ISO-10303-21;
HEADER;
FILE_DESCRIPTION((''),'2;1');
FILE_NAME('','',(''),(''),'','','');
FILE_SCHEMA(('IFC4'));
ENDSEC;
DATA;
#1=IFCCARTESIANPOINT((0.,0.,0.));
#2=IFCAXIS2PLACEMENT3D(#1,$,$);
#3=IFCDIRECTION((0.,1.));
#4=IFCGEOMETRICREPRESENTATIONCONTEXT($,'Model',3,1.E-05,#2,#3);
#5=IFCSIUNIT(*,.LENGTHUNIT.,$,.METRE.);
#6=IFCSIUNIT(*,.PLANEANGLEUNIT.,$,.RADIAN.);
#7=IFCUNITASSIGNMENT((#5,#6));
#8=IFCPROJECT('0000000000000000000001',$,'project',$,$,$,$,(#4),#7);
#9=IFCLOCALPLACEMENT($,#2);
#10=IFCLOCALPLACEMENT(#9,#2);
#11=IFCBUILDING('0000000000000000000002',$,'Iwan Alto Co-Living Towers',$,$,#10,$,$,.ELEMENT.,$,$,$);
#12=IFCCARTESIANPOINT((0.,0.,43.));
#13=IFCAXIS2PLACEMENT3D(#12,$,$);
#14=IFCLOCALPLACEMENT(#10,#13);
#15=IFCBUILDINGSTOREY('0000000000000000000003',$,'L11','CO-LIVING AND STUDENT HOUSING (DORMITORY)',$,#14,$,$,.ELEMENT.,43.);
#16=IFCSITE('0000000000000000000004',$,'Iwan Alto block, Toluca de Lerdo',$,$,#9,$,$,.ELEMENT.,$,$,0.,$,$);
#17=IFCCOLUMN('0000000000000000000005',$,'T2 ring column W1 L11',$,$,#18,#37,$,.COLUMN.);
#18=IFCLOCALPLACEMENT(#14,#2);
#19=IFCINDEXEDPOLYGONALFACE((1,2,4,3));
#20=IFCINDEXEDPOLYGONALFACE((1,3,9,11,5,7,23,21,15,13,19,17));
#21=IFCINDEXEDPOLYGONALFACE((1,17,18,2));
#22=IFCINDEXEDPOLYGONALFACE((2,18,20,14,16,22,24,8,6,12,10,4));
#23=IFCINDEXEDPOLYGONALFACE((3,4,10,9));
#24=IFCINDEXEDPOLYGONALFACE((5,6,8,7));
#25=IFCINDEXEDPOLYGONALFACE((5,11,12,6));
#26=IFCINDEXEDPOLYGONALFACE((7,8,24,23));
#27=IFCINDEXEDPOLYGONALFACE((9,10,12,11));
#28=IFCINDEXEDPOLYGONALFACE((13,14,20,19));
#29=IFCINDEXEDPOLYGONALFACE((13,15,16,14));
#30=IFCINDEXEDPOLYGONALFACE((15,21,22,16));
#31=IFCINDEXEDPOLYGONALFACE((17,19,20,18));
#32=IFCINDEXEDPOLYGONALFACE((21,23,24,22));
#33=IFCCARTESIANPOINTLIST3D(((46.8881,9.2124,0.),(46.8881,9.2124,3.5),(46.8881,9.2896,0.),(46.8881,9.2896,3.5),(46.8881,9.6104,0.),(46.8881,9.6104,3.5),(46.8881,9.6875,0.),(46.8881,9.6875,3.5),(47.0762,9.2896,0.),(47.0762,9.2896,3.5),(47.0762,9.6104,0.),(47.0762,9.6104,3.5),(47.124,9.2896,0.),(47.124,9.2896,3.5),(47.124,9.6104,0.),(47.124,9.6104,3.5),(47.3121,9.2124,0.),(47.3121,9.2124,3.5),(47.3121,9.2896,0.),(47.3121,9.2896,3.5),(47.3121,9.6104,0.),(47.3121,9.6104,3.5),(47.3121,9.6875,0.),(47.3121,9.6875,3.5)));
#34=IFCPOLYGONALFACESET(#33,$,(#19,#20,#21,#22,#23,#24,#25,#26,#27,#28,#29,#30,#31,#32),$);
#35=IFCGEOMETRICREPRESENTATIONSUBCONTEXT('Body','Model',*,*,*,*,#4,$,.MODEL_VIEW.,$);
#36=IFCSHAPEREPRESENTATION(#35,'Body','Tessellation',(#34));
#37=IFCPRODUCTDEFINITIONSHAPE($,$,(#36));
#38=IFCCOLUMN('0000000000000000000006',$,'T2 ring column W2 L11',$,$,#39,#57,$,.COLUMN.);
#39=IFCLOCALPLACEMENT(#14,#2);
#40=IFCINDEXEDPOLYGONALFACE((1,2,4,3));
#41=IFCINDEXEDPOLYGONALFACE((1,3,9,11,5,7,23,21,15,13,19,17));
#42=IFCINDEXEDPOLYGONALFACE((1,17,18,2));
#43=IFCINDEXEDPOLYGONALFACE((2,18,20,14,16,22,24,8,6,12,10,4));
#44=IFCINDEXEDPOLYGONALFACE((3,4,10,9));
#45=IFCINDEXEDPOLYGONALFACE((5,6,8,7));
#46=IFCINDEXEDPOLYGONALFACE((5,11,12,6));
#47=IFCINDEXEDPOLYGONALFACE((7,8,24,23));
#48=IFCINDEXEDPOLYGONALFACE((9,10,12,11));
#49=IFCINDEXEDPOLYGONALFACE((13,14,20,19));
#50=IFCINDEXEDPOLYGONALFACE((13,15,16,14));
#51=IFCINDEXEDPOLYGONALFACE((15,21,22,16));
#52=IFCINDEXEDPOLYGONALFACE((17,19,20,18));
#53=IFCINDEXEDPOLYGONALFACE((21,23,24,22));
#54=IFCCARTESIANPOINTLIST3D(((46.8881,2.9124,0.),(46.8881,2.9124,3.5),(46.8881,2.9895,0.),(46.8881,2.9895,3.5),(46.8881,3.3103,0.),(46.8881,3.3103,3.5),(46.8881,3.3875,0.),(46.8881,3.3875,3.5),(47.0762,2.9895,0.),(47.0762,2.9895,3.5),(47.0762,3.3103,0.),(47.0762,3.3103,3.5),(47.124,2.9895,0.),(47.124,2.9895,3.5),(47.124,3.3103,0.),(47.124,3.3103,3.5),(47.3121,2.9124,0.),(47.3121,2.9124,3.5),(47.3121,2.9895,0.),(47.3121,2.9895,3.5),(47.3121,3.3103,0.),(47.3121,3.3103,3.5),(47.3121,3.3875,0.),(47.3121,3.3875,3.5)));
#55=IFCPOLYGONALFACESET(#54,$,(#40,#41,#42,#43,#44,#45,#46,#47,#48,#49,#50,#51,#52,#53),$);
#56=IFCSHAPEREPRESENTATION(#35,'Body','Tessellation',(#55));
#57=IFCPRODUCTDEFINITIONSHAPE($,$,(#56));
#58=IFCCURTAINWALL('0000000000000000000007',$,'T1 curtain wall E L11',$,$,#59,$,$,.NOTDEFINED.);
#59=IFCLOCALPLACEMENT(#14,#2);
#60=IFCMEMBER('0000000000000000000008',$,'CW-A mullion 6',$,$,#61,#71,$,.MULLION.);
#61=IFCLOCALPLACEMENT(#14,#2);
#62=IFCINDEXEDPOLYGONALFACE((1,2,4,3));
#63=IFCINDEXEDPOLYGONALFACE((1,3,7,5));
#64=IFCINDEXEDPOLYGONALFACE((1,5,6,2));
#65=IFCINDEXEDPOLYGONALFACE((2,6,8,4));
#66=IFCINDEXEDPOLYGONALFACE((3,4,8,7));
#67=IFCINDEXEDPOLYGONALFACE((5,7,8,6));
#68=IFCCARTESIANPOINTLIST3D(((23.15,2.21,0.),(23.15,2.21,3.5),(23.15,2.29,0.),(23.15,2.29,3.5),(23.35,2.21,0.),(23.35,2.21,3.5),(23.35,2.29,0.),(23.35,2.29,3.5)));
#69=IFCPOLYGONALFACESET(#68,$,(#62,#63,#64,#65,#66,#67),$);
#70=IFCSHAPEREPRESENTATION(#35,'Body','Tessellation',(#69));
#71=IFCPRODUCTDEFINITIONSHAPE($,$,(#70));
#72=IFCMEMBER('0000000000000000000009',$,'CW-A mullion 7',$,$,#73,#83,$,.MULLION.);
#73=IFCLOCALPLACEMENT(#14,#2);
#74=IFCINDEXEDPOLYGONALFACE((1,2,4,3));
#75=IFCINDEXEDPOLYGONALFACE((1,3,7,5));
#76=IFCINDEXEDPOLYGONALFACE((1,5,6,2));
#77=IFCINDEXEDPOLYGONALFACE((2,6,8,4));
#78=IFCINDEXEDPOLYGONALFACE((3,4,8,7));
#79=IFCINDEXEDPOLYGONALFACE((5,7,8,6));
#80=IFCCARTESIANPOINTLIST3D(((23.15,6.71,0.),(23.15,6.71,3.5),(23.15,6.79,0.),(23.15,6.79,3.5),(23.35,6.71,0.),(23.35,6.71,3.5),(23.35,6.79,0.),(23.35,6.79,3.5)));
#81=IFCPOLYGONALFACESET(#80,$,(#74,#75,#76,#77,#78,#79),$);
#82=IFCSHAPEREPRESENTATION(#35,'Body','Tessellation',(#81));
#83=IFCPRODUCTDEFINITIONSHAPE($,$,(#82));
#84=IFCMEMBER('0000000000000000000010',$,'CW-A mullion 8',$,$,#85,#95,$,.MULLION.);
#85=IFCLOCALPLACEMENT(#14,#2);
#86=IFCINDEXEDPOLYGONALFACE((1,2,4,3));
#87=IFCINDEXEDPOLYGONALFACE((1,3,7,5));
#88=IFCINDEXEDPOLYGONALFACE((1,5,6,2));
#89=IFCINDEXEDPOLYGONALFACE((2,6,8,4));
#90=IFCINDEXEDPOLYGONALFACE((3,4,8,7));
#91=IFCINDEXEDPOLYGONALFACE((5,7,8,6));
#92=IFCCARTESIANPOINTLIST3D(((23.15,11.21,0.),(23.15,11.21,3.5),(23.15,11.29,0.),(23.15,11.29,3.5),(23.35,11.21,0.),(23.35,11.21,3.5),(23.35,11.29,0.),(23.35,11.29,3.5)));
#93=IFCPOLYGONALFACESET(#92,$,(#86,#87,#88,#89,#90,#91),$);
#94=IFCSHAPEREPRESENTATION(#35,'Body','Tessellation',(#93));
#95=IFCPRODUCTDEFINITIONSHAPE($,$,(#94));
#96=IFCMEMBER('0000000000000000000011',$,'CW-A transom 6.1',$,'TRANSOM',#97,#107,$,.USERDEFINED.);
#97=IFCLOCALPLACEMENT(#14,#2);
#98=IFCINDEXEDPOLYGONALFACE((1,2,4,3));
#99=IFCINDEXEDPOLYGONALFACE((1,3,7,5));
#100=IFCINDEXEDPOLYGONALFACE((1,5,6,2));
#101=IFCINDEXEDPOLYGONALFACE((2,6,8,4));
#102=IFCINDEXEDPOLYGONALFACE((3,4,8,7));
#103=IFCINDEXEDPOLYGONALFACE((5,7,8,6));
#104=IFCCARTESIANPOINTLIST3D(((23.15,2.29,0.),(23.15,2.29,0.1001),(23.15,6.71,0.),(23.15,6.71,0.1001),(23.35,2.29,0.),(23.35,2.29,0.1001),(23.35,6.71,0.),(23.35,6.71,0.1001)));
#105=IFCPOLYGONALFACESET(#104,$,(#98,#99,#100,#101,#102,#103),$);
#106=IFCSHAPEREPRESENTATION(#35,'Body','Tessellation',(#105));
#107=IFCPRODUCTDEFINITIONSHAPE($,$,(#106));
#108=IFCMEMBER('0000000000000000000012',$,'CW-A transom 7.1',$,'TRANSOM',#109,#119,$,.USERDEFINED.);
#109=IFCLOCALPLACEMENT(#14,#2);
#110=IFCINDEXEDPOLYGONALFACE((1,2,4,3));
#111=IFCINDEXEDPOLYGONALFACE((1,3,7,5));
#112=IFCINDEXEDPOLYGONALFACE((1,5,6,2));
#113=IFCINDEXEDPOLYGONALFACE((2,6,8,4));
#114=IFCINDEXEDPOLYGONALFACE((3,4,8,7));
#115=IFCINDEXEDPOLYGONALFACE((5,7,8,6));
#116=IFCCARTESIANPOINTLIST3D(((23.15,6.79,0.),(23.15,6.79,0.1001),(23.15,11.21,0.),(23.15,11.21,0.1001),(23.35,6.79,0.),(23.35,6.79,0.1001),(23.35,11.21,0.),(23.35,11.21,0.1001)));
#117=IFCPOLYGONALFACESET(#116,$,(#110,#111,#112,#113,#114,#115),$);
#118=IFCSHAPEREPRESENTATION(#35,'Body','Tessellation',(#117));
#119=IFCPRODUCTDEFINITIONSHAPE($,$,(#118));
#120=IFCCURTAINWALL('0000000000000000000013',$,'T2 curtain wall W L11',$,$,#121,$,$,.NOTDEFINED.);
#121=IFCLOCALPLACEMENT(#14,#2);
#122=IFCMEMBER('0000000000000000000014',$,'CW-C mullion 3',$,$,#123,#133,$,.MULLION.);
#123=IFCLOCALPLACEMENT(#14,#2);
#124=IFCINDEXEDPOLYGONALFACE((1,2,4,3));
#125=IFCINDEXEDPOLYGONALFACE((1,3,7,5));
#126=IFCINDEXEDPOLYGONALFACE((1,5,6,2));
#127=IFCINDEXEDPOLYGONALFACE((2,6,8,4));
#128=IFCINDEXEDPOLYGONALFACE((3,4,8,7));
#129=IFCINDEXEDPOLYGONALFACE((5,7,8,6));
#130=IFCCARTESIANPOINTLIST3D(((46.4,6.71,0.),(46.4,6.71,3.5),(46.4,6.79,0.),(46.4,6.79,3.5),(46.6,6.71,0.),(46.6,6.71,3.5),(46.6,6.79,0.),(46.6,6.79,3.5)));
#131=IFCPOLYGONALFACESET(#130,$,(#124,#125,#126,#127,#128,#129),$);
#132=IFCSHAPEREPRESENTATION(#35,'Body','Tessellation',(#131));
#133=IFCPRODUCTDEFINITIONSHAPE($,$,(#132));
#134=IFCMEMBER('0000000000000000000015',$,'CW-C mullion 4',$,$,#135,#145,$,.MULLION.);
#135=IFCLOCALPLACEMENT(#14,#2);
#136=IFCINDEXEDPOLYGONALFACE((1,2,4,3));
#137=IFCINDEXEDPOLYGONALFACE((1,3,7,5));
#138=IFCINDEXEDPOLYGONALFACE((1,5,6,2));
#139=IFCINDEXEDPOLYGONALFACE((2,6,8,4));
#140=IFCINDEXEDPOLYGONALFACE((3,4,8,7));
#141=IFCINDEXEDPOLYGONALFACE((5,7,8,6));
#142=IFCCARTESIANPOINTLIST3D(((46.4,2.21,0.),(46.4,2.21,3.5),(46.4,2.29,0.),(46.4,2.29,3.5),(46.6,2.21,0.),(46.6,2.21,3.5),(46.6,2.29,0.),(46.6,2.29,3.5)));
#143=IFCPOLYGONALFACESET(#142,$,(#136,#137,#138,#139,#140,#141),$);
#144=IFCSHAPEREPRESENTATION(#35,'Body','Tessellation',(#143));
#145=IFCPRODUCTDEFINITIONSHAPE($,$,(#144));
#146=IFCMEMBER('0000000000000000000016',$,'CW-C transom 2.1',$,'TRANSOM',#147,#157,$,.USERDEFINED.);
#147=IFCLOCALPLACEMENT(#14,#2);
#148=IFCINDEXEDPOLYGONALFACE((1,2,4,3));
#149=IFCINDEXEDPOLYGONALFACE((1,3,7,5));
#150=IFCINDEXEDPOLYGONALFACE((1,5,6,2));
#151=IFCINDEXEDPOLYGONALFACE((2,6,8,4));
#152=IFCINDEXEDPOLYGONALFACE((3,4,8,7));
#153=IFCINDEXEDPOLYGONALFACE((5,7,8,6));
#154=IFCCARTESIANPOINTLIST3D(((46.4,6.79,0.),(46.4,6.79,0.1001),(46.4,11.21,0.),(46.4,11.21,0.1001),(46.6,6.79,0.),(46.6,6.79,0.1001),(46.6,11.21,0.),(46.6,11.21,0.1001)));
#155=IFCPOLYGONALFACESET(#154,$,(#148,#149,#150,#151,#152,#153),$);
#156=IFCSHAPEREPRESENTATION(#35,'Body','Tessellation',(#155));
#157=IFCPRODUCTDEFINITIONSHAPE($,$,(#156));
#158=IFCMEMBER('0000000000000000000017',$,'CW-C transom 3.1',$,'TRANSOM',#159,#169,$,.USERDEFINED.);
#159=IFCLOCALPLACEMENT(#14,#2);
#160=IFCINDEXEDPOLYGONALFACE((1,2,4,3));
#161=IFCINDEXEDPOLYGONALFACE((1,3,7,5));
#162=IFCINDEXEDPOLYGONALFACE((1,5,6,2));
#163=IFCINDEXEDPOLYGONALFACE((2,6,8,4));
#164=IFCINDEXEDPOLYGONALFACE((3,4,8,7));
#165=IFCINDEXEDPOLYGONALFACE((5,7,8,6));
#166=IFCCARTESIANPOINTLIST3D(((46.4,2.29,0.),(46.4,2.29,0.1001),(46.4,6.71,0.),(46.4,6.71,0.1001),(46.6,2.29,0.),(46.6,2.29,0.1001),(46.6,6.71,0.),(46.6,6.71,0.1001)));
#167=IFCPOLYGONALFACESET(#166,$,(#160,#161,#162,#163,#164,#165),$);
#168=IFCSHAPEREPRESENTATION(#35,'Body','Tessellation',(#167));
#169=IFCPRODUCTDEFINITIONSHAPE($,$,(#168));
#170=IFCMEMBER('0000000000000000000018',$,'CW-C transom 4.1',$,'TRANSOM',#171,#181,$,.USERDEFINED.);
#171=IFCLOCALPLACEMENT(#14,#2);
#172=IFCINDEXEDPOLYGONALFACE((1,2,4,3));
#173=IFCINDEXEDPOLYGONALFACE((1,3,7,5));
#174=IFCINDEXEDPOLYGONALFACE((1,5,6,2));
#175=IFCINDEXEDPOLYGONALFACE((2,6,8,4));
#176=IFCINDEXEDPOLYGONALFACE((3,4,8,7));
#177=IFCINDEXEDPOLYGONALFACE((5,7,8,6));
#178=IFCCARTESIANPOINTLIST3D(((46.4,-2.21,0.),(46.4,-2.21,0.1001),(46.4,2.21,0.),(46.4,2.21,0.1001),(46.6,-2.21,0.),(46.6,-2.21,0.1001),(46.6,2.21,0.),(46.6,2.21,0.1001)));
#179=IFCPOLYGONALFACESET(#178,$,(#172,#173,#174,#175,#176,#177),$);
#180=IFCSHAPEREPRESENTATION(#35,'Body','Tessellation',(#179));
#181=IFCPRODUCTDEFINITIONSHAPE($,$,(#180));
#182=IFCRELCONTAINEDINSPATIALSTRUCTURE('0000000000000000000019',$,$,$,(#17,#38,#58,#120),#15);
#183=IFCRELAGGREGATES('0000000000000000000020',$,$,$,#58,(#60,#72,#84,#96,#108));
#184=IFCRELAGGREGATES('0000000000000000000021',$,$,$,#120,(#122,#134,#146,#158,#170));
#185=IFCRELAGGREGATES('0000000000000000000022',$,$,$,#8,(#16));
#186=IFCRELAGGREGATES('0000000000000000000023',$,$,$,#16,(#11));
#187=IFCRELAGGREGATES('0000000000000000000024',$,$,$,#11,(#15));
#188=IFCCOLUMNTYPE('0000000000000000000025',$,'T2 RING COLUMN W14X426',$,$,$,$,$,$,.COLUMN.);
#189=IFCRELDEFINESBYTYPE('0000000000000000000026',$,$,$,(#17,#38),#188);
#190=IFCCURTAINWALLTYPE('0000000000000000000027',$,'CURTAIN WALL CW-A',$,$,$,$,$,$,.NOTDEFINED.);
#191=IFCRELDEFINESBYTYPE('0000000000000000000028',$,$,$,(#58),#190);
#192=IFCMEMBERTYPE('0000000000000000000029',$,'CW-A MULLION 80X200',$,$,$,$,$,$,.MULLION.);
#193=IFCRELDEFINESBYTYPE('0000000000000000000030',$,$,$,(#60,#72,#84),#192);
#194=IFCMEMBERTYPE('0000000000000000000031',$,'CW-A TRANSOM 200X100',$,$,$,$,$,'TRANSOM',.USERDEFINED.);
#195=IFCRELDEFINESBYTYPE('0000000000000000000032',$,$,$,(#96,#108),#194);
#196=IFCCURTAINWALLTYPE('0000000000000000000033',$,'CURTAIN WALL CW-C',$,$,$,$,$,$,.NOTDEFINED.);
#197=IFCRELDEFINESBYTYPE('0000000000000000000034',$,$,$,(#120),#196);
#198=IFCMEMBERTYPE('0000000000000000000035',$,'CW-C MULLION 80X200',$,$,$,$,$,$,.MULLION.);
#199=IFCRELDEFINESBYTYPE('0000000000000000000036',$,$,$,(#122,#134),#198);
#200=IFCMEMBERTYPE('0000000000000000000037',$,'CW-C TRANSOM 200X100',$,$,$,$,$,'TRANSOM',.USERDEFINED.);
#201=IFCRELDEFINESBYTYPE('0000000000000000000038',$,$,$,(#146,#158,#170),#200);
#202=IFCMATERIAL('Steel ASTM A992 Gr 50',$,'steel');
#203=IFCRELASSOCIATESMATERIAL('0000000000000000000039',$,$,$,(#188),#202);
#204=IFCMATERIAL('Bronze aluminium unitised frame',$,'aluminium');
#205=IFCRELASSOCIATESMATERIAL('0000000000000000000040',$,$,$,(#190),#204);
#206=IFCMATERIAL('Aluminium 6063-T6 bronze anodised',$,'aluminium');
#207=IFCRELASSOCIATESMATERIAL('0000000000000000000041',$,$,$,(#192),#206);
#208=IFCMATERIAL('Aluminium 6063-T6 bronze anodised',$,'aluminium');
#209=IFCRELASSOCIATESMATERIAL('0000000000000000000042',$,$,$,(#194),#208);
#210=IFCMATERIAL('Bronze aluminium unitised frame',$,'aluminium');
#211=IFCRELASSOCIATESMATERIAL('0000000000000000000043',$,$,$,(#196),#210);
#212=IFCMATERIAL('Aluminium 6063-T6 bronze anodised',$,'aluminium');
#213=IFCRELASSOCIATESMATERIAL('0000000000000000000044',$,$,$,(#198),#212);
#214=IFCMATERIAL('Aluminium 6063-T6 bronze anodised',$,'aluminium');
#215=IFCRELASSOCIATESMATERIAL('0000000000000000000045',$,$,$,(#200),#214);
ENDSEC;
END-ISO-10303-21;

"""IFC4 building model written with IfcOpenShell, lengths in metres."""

from ifc_helpers import new_model, si_unit, direction, frame, origin, origin_2d, place, context, subcontext, project, spatial, rectangle, i_section, extrude, material, material_profile, profile_set, type_object, element, aggregate, save


model = new_model("IFC4")

# Units and contexts
model_context = context("Model", 3, precision=1e-05, world=origin(), true_north=direction((0.0, 1.0)))
body_context = subcontext(model_context, "Body", "Model", "MODEL_VIEW")
ifc_project = project(units=[si_unit("LENGTHUNIT", "METRE"), si_unit("PLANEANGLEUNIT", "RADIAN")], contexts=[model_context])

# Site, building, storey
site_placement = place(None, origin())
site = spatial("IfcSite", under=ifc_project, at=site_placement, Name="Iwan Alto block, Toluca de Lerdo", CompositionType="ELEMENT", RefElevation=0.0)
building_placement = place(site_placement, origin())
building = spatial("IfcBuilding", under=site, at=building_placement, Name="Iwan Alto Co-Living Towers", CompositionType="ELEMENT")
storey_placement = place(building_placement, frame((0.0, 0.0, 43.0)))
storey = spatial("IfcBuildingStorey", under=building, at=storey_placement, Name="L11", Description="CO-LIVING AND STUDENT HOUSING (DORMITORY)", CompositionType="ELEMENT", Elevation=43.0)

# Columns
ifc_material_1 = material(Name="Steel ASTM A992 Gr 50", Category="steel")
ifc_material_profile_1 = material_profile(ifc_material_1, i_section(OverallWidth=0.4241, OverallDepth=0.4751, WebThickness=0.0479, FlangeThickness=0.0771, at=origin_2d()), Name="W14X426")
ifc_profile_set_1 = profile_set([ifc_material_profile_1], Name="Steel ASTM A992 Gr 50")
column_type = type_object("IfcColumnType", Name="T2 RING COLUMN W14X426", PredefinedType="COLUMN", material=ifc_profile_set_1)
for number, where, z_axis, x_axis, name in (
    (1, (47.1001, 9.45, 0.0), (0.0, 0.0, 1.0), (1.0, 0.0, 0.0), "T2 ring column W1 L11"),
    (2, (47.1001, 3.1499, 0.0), (0.0, 0.0, 1.0), (1.0, 0.0, 0.0), "T2 ring column W2 L11"),
):
    element("IfcColumn", number, at=place(storey_placement, frame(where, z_axis=z_axis, x_axis=x_axis)), inside=storey, type_object=column_type, Name=name, PredefinedType="COLUMN", context=body_context, shape_type="SweptSolid", body=[
        extrude(i_section(OverallWidth=0.4241, OverallDepth=0.4751, WebThickness=0.0479, FlangeThickness=0.0771, at=origin_2d()), origin(), (0.0, 0.0, 1.0), 3.5),
    ])

# Curtain walls, members
ifc_material_2 = material(Name="Bronze aluminium unitised frame", Category="aluminium")
curtain_wall_type_1 = type_object("IfcCurtainWallType", Name="CURTAIN WALL CW-A", PredefinedType="NOTDEFINED", material=ifc_material_2)
curtain_wall_1_placement = place(storey_placement, origin())
curtain_wall_1 = element("IfcCurtainWall", 3, at=curtain_wall_1_placement, inside=storey, type_object=curtain_wall_type_1, Name="T1 curtain wall E L11", PredefinedType="NOTDEFINED")
ifc_material_3 = material(Name="Aluminium 6063-T6 bronze anodised", Category="aluminium")
ifc_material_profile_2 = material_profile(ifc_material_3, rectangle(XDim=0.2, YDim=0.0801, at=origin_2d()), Name="AL 80X200")
ifc_profile_set_2 = profile_set([ifc_material_profile_2], Name="Aluminium 6063-T6 bronze anodised")
member_type_1 = type_object("IfcMemberType", Name="CW-A MULLION 80X200", PredefinedType="MULLION", material=ifc_profile_set_2)
member_1_placement = place(storey_placement, frame((23.25, 2.25, 0.0), z_axis=(0.0, 0.0, 1.0), x_axis=(-1.0, 0.0, 0.0)))
member_1 = element("IfcMember", 4, at=member_1_placement, type_object=member_type_1, Name="CW-A mullion 6", PredefinedType="MULLION", context=body_context, shape_type="SweptSolid", body=[
    extrude(rectangle(XDim=0.2, YDim=0.0801, at=origin_2d()), origin(), (0.0, 0.0, 1.0), 3.5),
])
member_2_placement = place(storey_placement, frame((23.25, 6.75, 0.0), z_axis=(0.0, 0.0, 1.0), x_axis=(-1.0, 0.0, 0.0)))
member_2 = element("IfcMember", 5, at=member_2_placement, type_object=member_type_1, Name="CW-A mullion 7", PredefinedType="MULLION", context=body_context, shape_type="SweptSolid", body=[
    extrude(rectangle(XDim=0.2, YDim=0.0801, at=origin_2d()), origin(), (0.0, 0.0, 1.0), 3.5),
])
member_3_placement = place(storey_placement, frame((23.25, 11.25, 0.0), z_axis=(0.0, 0.0, 1.0), x_axis=(-1.0, 0.0, 0.0)))
member_3 = element("IfcMember", 6, at=member_3_placement, type_object=member_type_1, Name="CW-A mullion 8", PredefinedType="MULLION", context=body_context, shape_type="SweptSolid", body=[
    extrude(rectangle(XDim=0.2, YDim=0.0801, at=origin_2d()), origin(), (0.0, 0.0, 1.0), 3.5),
])
ifc_material_4 = material(Name="Aluminium 6063-T6 bronze anodised", Category="aluminium")
ifc_material_profile_3 = material_profile(ifc_material_4, rectangle(XDim=0.2, YDim=0.1001, at=origin_2d()), Name="AL 200X100")
ifc_profile_set_3 = profile_set([ifc_material_profile_3], Name="Aluminium 6063-T6 bronze anodised")
member_type_2 = type_object("IfcMemberType", Name="CW-A TRANSOM 200X100", ElementType="TRANSOM", PredefinedType="USERDEFINED", material=ifc_profile_set_3)
member_4_placement = place(storey_placement, frame((23.25, 2.29, 0.05), z_axis=(0.0, 1.0, 0.0), x_axis=(-1.0, 0.0, 0.0)))
member_4 = element("IfcMember", 7, at=member_4_placement, type_object=member_type_2, Name="CW-A transom 6.1", ObjectType="TRANSOM", PredefinedType="USERDEFINED", context=body_context, shape_type="SweptSolid", body=[
    extrude(rectangle(XDim=0.2, YDim=0.1001, at=origin_2d()), origin(), (0.0, 0.0, 1.0), 4.4199),
])
member_5_placement = place(storey_placement, frame((23.25, 6.79, 0.05), z_axis=(0.0, 1.0, 0.0), x_axis=(-1.0, 0.0, 0.0)))
member_5 = element("IfcMember", 8, at=member_5_placement, type_object=member_type_2, Name="CW-A transom 7.1", ObjectType="TRANSOM", PredefinedType="USERDEFINED", context=body_context, shape_type="SweptSolid", body=[
    extrude(rectangle(XDim=0.2, YDim=0.1001, at=origin_2d()), origin(), (0.0, 0.0, 1.0), 4.4199),
])
ifc_material_5 = material(Name="Bronze aluminium unitised frame", Category="aluminium")
curtain_wall_type_2 = type_object("IfcCurtainWallType", Name="CURTAIN WALL CW-C", PredefinedType="NOTDEFINED", material=ifc_material_5)
curtain_wall_2_placement = place(storey_placement, origin())
curtain_wall_2 = element("IfcCurtainWall", 9, at=curtain_wall_2_placement, inside=storey, type_object=curtain_wall_type_2, Name="T2 curtain wall W L11", PredefinedType="NOTDEFINED")
ifc_material_6 = material(Name="Aluminium 6063-T6 bronze anodised", Category="aluminium")
ifc_material_profile_4 = material_profile(ifc_material_6, rectangle(XDim=0.2, YDim=0.0801, at=origin_2d()), Name="AL 80X200")
ifc_profile_set_4 = profile_set([ifc_material_profile_4], Name="Aluminium 6063-T6 bronze anodised")
member_type_3 = type_object("IfcMemberType", Name="CW-C MULLION 80X200", PredefinedType="MULLION", material=ifc_profile_set_4)
member_6_placement = place(storey_placement, frame((46.5, 6.75, 0.0), z_axis=(0.0, 0.0, 1.0), x_axis=(1.0, 0.0, 0.0)))
member_6 = element("IfcMember", 10, at=member_6_placement, type_object=member_type_3, Name="CW-C mullion 3", PredefinedType="MULLION", context=body_context, shape_type="SweptSolid", body=[
    extrude(rectangle(XDim=0.2, YDim=0.0801, at=origin_2d()), origin(), (0.0, 0.0, 1.0), 3.5),
])
member_7_placement = place(storey_placement, frame((46.5, 2.25, 0.0), z_axis=(0.0, 0.0, 1.0), x_axis=(1.0, 0.0, 0.0)))
member_7 = element("IfcMember", 11, at=member_7_placement, type_object=member_type_3, Name="CW-C mullion 4", PredefinedType="MULLION", context=body_context, shape_type="SweptSolid", body=[
    extrude(rectangle(XDim=0.2, YDim=0.0801, at=origin_2d()), origin(), (0.0, 0.0, 1.0), 3.5),
])
ifc_material_7 = material(Name="Aluminium 6063-T6 bronze anodised", Category="aluminium")
ifc_material_profile_5 = material_profile(ifc_material_7, rectangle(XDim=0.2, YDim=0.1001, at=origin_2d()), Name="AL 200X100")
ifc_profile_set_5 = profile_set([ifc_material_profile_5], Name="Aluminium 6063-T6 bronze anodised")
member_type_4 = type_object("IfcMemberType", Name="CW-C TRANSOM 200X100", ElementType="TRANSOM", PredefinedType="USERDEFINED", material=ifc_profile_set_5)
member_8_placement = place(storey_placement, frame((46.5, 11.21, 0.05), z_axis=(0.0, -1.0, 0.0), x_axis=(1.0, 0.0, 0.0)))
member_8 = element("IfcMember", 12, at=member_8_placement, type_object=member_type_4, Name="CW-C transom 2.1", ObjectType="TRANSOM", PredefinedType="USERDEFINED", context=body_context, shape_type="SweptSolid", body=[
    extrude(rectangle(XDim=0.2, YDim=0.1001, at=origin_2d()), origin(), (0.0, 0.0, 1.0), 4.4199),
])
member_9_placement = place(storey_placement, frame((46.5, 6.71, 0.05), z_axis=(0.0, -1.0, 0.0), x_axis=(1.0, 0.0, 0.0)))
member_9 = element("IfcMember", 13, at=member_9_placement, type_object=member_type_4, Name="CW-C transom 3.1", ObjectType="TRANSOM", PredefinedType="USERDEFINED", context=body_context, shape_type="SweptSolid", body=[
    extrude(rectangle(XDim=0.2, YDim=0.1001, at=origin_2d()), origin(), (0.0, 0.0, 1.0), 4.4199),
])
member_10_placement = place(storey_placement, frame((46.5, 2.21, 0.05), z_axis=(0.0, -1.0, 0.0), x_axis=(1.0, 0.0, 0.0)))
member_10 = element("IfcMember", 14, at=member_10_placement, type_object=member_type_4, Name="CW-C transom 4.1", ObjectType="TRANSOM", PredefinedType="USERDEFINED", context=body_context, shape_type="SweptSolid", body=[
    extrude(rectangle(XDim=0.2, YDim=0.1001, at=origin_2d()), origin(), (0.0, 0.0, 1.0), 4.4199),
])

aggregate(curtain_wall_1, [member_1, member_2, member_3, member_4, member_5])
aggregate(curtain_wall_2, [member_6, member_7, member_8, member_9, member_10])

save(model, "model.ifc")
